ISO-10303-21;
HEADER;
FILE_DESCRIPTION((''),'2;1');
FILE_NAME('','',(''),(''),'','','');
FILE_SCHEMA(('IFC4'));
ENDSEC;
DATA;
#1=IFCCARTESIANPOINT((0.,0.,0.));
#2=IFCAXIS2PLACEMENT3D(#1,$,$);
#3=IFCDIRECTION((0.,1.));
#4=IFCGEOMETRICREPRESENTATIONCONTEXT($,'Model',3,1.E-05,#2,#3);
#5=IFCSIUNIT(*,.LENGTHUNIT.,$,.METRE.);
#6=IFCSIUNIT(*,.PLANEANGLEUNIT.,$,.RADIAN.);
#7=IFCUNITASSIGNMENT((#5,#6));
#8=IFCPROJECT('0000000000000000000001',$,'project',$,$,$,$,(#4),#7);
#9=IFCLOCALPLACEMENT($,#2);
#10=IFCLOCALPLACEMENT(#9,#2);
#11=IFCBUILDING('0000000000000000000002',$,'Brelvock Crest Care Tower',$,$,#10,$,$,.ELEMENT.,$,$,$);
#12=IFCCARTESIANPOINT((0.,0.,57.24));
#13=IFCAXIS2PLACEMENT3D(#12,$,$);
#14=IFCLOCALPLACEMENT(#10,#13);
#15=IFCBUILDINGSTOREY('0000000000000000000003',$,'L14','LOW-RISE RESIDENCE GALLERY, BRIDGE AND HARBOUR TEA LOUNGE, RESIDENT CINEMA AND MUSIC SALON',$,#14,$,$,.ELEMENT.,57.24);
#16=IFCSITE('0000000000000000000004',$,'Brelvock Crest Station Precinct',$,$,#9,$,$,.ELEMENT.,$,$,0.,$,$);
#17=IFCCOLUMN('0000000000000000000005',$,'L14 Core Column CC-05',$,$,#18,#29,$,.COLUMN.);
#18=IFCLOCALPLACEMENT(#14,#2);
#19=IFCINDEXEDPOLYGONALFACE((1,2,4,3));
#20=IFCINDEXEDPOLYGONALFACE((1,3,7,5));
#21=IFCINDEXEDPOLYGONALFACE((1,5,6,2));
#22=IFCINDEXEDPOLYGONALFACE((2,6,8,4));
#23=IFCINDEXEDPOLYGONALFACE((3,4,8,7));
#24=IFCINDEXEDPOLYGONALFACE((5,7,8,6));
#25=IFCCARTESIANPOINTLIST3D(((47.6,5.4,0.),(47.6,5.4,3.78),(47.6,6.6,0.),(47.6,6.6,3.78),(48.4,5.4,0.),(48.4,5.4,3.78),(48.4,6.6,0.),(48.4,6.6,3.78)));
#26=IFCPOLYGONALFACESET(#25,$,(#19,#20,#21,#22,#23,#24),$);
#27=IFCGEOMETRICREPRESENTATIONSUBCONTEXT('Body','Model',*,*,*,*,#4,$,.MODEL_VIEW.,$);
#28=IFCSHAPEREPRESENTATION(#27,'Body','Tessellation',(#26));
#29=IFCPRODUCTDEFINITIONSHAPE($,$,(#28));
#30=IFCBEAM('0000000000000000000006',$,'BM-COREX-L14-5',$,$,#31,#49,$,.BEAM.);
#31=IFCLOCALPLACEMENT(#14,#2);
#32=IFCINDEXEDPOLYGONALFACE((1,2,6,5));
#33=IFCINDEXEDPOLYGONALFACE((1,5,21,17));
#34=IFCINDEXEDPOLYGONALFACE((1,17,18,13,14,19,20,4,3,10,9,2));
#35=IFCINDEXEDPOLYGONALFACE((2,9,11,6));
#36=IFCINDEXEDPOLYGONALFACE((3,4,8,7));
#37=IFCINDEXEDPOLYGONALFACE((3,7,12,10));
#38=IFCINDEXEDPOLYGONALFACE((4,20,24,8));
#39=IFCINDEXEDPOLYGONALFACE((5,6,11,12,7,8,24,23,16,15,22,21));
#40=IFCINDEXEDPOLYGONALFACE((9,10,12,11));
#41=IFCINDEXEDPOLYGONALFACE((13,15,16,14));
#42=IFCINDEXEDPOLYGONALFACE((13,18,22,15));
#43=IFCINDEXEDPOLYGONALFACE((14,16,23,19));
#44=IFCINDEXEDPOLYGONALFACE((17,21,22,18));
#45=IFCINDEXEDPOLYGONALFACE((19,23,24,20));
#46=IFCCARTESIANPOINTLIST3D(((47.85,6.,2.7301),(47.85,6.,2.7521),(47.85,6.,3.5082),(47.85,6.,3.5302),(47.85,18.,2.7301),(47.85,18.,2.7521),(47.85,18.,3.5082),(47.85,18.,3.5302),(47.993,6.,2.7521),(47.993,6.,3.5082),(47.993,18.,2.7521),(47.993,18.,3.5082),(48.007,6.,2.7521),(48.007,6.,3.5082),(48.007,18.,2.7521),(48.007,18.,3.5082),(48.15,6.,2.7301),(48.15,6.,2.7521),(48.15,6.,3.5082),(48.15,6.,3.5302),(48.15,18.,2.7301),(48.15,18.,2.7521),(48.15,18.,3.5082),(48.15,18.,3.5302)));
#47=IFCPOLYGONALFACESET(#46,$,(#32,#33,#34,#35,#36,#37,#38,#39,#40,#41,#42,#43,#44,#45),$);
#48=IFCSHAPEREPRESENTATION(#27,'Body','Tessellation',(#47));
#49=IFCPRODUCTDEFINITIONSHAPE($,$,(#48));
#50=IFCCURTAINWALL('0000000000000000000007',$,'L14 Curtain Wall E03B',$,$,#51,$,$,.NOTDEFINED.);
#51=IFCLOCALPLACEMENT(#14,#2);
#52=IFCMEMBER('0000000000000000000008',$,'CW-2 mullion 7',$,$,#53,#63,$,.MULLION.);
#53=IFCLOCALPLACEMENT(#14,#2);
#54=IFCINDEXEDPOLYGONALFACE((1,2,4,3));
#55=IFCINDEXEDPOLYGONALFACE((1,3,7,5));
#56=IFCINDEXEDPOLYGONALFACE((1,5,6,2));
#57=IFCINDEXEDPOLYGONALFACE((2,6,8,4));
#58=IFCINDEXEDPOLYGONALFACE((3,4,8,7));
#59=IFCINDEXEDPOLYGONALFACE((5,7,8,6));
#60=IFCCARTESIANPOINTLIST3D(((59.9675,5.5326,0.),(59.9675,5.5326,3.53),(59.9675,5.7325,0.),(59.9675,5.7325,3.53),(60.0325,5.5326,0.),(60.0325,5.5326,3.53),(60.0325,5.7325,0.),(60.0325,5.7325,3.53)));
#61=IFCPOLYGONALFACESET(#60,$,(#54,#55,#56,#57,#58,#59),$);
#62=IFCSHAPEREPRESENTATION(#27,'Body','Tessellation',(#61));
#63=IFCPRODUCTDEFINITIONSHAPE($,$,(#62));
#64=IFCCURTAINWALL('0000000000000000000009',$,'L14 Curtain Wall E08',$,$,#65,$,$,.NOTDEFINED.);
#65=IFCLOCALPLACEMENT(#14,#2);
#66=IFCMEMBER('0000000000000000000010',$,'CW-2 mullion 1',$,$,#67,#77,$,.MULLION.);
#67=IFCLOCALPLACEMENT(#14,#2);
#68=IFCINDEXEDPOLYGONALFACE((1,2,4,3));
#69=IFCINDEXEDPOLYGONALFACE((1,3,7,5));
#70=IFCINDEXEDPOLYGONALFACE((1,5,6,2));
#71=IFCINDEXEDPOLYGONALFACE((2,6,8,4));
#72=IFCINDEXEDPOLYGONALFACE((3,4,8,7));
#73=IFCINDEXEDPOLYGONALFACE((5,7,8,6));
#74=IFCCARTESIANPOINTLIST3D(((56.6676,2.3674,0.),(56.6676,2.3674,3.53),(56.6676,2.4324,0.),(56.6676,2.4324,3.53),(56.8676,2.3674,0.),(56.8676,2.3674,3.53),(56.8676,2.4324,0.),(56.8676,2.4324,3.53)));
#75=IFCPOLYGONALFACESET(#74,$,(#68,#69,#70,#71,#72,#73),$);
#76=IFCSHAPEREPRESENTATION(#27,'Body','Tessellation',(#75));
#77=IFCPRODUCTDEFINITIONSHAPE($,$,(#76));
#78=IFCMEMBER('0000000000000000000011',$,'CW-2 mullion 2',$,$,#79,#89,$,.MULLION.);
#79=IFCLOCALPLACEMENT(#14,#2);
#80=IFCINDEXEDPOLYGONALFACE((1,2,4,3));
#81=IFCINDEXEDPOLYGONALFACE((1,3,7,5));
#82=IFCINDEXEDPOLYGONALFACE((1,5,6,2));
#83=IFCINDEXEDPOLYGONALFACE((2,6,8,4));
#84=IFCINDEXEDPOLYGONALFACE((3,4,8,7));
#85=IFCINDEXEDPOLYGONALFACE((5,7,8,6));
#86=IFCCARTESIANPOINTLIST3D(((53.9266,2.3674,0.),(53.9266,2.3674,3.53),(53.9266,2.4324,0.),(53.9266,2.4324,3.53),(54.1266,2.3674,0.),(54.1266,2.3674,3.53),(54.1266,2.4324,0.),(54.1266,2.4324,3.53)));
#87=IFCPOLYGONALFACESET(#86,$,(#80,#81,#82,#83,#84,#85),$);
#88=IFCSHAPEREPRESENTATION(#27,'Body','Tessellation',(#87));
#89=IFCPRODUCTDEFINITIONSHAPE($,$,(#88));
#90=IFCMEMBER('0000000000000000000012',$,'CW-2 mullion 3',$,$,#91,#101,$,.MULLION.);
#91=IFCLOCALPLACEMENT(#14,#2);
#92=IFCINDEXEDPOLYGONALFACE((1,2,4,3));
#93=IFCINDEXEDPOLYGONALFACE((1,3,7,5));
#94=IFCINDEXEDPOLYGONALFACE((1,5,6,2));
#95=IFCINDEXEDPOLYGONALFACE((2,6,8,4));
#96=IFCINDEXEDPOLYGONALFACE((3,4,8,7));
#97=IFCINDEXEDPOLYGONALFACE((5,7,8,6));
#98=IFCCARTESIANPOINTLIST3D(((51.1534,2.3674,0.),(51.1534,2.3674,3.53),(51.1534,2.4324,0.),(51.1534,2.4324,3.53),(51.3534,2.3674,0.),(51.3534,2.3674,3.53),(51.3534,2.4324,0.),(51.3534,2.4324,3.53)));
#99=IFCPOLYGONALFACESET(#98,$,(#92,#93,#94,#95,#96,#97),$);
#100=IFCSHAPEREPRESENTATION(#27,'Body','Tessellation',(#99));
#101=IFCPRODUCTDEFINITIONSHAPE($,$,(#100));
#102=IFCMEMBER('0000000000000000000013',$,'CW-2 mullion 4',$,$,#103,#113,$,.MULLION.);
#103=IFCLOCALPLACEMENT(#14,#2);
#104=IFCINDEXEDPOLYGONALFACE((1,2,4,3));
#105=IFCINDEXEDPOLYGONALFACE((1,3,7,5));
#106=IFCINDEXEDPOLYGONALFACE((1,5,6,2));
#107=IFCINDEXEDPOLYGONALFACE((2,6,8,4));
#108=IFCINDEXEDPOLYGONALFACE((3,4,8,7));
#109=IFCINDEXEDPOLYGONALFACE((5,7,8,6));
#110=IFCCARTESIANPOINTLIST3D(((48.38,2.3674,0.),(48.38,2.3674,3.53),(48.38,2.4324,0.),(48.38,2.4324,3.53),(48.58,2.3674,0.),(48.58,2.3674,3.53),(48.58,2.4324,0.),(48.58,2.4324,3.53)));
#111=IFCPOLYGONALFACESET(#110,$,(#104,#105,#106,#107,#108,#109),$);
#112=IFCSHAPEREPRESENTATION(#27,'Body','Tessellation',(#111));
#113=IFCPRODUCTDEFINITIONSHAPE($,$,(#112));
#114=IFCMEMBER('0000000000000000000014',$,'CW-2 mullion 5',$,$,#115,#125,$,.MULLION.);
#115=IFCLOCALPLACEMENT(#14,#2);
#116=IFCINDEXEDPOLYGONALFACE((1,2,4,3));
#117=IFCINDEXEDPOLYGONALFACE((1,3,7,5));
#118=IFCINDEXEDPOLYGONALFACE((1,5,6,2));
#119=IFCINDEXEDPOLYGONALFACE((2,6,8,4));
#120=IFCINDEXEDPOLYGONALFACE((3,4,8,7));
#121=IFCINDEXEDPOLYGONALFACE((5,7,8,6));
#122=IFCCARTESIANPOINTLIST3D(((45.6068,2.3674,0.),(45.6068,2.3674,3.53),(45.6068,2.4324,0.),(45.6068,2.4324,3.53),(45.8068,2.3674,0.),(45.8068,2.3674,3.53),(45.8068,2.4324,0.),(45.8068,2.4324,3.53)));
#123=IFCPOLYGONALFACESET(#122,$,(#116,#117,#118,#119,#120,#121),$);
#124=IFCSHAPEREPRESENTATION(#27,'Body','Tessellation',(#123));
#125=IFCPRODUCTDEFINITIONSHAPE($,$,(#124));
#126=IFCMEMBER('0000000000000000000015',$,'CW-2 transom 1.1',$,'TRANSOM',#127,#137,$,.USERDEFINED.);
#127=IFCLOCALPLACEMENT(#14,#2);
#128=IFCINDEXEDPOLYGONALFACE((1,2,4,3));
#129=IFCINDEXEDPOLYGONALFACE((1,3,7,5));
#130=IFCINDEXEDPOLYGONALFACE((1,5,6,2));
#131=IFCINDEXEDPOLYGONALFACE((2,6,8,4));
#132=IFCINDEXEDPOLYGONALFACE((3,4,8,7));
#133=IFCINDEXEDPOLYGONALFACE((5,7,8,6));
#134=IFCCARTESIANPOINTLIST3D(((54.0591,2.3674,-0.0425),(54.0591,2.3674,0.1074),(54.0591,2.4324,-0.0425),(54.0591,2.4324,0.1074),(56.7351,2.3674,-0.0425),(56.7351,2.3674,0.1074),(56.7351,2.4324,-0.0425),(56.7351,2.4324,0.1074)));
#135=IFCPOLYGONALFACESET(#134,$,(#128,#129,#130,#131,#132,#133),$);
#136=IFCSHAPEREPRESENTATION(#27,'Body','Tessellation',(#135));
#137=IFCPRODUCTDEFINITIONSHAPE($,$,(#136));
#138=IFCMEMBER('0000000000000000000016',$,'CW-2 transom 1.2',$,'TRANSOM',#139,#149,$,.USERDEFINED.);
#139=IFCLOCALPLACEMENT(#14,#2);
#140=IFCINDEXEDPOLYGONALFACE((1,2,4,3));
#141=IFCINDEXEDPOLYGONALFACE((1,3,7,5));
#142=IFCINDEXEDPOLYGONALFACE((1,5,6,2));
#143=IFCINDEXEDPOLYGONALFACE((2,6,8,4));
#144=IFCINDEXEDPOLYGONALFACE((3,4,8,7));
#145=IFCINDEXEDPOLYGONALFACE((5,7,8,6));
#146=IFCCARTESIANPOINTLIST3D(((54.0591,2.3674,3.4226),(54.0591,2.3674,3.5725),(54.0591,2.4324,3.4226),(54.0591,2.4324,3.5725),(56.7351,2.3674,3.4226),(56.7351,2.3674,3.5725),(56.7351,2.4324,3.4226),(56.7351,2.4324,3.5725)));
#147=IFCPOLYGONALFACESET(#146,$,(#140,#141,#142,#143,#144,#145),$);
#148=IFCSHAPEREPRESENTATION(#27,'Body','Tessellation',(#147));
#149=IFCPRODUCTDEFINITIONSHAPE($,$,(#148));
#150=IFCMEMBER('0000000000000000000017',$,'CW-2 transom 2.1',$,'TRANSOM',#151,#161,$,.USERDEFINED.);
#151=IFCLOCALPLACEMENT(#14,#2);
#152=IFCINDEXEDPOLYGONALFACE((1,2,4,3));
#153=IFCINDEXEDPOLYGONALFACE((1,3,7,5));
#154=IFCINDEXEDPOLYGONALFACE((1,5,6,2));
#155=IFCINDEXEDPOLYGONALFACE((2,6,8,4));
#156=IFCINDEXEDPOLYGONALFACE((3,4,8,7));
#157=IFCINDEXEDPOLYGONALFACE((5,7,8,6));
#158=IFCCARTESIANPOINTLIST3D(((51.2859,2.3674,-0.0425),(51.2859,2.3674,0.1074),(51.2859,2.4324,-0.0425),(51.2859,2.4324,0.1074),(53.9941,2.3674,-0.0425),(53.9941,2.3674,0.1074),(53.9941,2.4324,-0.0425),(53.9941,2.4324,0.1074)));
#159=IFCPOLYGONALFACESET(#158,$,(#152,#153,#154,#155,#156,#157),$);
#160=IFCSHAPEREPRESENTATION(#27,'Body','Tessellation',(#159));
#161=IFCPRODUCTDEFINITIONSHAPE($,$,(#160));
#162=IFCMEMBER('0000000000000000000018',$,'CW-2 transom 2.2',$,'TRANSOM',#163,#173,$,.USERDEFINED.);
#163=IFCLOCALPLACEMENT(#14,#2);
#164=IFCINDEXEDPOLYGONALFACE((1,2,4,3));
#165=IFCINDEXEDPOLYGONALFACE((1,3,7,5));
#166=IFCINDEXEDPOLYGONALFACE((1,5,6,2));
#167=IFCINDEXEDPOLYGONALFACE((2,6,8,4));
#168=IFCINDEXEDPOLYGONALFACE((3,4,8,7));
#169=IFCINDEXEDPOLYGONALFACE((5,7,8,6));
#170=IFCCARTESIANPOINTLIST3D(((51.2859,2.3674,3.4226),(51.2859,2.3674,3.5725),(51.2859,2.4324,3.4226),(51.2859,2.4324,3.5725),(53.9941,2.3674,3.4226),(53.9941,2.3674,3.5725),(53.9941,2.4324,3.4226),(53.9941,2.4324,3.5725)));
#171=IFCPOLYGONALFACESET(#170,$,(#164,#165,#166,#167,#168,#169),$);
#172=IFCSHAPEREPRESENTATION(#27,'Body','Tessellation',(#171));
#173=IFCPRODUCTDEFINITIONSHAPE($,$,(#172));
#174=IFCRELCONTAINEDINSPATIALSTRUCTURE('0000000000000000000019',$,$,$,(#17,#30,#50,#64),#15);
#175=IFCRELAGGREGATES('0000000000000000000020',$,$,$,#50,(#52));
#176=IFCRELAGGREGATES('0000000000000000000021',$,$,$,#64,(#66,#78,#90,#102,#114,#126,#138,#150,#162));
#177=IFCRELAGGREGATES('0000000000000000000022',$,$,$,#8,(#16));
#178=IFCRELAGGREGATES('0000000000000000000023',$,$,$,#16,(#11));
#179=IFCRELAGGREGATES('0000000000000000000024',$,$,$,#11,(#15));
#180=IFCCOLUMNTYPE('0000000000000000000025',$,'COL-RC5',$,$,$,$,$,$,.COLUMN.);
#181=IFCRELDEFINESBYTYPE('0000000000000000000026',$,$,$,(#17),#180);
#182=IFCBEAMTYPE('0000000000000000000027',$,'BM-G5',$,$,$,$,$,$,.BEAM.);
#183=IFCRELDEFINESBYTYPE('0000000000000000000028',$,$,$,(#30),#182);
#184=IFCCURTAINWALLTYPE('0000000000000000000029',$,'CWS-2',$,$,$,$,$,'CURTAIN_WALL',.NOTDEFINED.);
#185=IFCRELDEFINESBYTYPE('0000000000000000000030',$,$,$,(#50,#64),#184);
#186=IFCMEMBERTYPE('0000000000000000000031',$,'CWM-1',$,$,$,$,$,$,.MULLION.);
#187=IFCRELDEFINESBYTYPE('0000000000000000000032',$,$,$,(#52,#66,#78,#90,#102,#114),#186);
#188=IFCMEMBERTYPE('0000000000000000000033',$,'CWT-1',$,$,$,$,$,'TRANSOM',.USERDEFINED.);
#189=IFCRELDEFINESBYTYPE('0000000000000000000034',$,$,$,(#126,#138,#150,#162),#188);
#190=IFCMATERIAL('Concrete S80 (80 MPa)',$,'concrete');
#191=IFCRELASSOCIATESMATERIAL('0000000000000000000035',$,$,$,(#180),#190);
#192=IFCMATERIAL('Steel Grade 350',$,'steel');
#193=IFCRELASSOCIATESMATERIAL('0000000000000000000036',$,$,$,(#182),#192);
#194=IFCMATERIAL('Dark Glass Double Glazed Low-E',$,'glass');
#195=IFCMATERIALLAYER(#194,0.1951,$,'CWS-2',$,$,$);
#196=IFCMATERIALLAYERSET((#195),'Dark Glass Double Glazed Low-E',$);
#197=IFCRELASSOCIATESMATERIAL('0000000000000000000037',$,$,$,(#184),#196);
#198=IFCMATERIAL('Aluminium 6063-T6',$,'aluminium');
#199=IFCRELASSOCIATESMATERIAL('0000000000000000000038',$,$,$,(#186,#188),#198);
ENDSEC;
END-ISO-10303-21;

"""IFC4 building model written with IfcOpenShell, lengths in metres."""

from ifc_helpers import new_model, si_unit, direction, frame, origin, origin_2d, place, context, subcontext, project, spatial, rectangle, i_section, extrude, source, transform, mapped, material, layer, layer_set, material_profile, profile_set, type_object, element, aggregate, save


model = new_model("IFC4")

# Units and contexts
model_context = context("Model", 3, precision=1e-05, world=origin(), true_north=direction((0.0, 1.0)))
body_context = subcontext(model_context, "Body", "Model", "MODEL_VIEW")
ifc_project = project(units=[si_unit("LENGTHUNIT", "METRE"), si_unit("PLANEANGLEUNIT", "RADIAN")], contexts=[model_context])

# Site, building, storey
site_placement = place(None, origin())
site = spatial("IfcSite", under=ifc_project, at=site_placement, Name="Brelvock Crest Station Precinct", CompositionType="ELEMENT", RefElevation=0.0)
building_placement = place(site_placement, origin())
building = spatial("IfcBuilding", under=site, at=building_placement, Name="Brelvock Crest Care Tower", CompositionType="ELEMENT")
storey_placement = place(building_placement, frame((0.0, 0.0, 57.24)))
storey = spatial("IfcBuildingStorey", under=building, at=storey_placement, Name="L14", Description="LOW-RISE RESIDENCE GALLERY, BRIDGE AND HARBOUR TEA LOUNGE, RESIDENT CINEMA AND MUSIC SALON", CompositionType="ELEMENT", Elevation=57.24)

# Column
ifc_material_1 = material(Name="Concrete S80 (80 MPa)", Category="concrete")
ifc_material_profile_1 = material_profile(ifc_material_1, rectangle(XDim=0.8, YDim=1.2, at=origin_2d()), Name="RC800x1200")
ifc_profile_set_1 = profile_set([ifc_material_profile_1], Name="Concrete S80 (80 MPa)")
column_type = type_object("IfcColumnType", Name="COL-RC5", PredefinedType="COLUMN", material=ifc_profile_set_1)
shared_shape_1 = source(origin(), body_context, "Body", "SweptSolid", [
    extrude(rectangle(XDim=0.8, YDim=1.2, at=origin_2d()), origin(), (0.0, 0.0, 1.0), 3.78),
])
column_placement = place(storey_placement, frame((48.0, 6.0, 0.0), z_axis=(0.0, 0.0, 1.0), x_axis=(1.0, 0.0, 0.0)))
element("IfcColumn", 1, at=column_placement, inside=storey, type_object=column_type, Name="L14 Core Column CC-05", PredefinedType="COLUMN", context=body_context, shape_type="MappedRepresentation", body=[
    mapped(shared_shape_1, transform((0.0, 0.0, 0.0), x_axis=(1.0, 0.0, 0.0), y_axis=(0.0, 1.0, 0.0), z_axis=(0.0, 0.0, 1.0), scale=1.0)),
])

# Beam
ifc_material_2 = material(Name="Steel Grade 350", Category="steel")
ifc_material_profile_2 = material_profile(ifc_material_2, i_section(OverallWidth=0.3, OverallDepth=0.8, WebThickness=0.0139, FlangeThickness=0.022, at=origin_2d()), Name="800WB192")
ifc_profile_set_2 = profile_set([ifc_material_profile_2], Name="Steel Grade 350")
beam_type = type_object("IfcBeamType", Name="BM-G5", PredefinedType="BEAM", material=ifc_profile_set_2)
shared_shape_2 = source(origin(), body_context, "Body", "SweptSolid", [
    extrude(i_section(OverallWidth=0.3, OverallDepth=0.8, WebThickness=0.0139, FlangeThickness=0.022, at=origin_2d()), origin(), (0.0, 0.0, 1.0), 12.0),
])
beam_placement = place(storey_placement, frame((48.0, 6.0, 3.1301), z_axis=(0.0, 1.0, 0.0), x_axis=(-1.0, 0.0, 0.0)))
element("IfcBeam", 2, at=beam_placement, inside=storey, type_object=beam_type, Name="BM-COREX-L14-5", PredefinedType="BEAM", context=body_context, shape_type="MappedRepresentation", body=[
    mapped(shared_shape_2, transform((0.0, 0.0, 0.0), x_axis=(1.0, 0.0, 0.0), y_axis=(0.0, 1.0, 0.0), z_axis=(0.0, 0.0, 1.0), scale=1.0)),
])

# Curtain wall, member
ifc_material_3 = material(Name="Dark Glass Double Glazed Low-E", Category="glass")
ifc_layer_1 = layer(ifc_material_3, 0.1951, Name="CWS-2")
ifc_layer_set_1 = layer_set([ifc_layer_1], Name="Dark Glass Double Glazed Low-E")
curtain_wall_type = type_object("IfcCurtainWallType", Name="CWS-2", ElementType="CURTAIN_WALL", PredefinedType="NOTDEFINED", material=ifc_layer_set_1)
curtain_wall_1_placement = place(storey_placement, origin())
curtain_wall_1 = element("IfcCurtainWall", 3, at=curtain_wall_1_placement, inside=storey, type_object=curtain_wall_type, Name="L14 Curtain Wall E03B", PredefinedType="NOTDEFINED")
ifc_material_4 = material(Name="Aluminium 6063-T6", Category="aluminium")
ifc_material_profile_3 = material_profile(ifc_material_4, rectangle(XDim=0.0649, YDim=0.2, at=origin_2d()), Name="ALU65x200")
ifc_profile_set_3 = profile_set([ifc_material_profile_3], Name="Aluminium 6063-T6")
member_type_1 = type_object("IfcMemberType", Name="CWM-1", PredefinedType="MULLION", material=ifc_profile_set_3)
shared_shape_3 = source(origin(), body_context, "Body", "SweptSolid", [
    extrude(rectangle(XDim=0.0649, YDim=0.2, at=origin_2d()), origin(), (0.0, 0.0, 1.0), 3.53),
])
member_1_placement = place(storey_placement, frame((60.0, 5.6326, 0.0), z_axis=(0.0, 0.0, 1.0), x_axis=(1.0, 0.0, 0.0)))
member_1 = element("IfcMember", 4, at=member_1_placement, type_object=member_type_1, Name="CW-2 mullion 7", PredefinedType="MULLION", context=body_context, shape_type="MappedRepresentation", body=[
    mapped(shared_shape_3, transform((0.0, 0.0, 0.0), x_axis=(1.0, 0.0, 0.0), y_axis=(0.0, 1.0, 0.0), z_axis=(0.0, 0.0, 1.0), scale=1.0)),
])
aggregate(curtain_wall_1, [member_1])

# Curtain wall, members
curtain_wall_2_placement = place(storey_placement, origin())
curtain_wall_2 = element("IfcCurtainWall", 5, at=curtain_wall_2_placement, inside=storey, type_object=curtain_wall_type, Name="L14 Curtain Wall E08", PredefinedType="NOTDEFINED")
member_2_placement = place(storey_placement, frame((56.7676, 2.3999, 0.0), z_axis=(0.0, 0.0, 1.0), x_axis=(0.0, -1.0, 0.0)))
member_2 = element("IfcMember", 6, at=member_2_placement, type_object=member_type_1, Name="CW-2 mullion 1", PredefinedType="MULLION", context=body_context, shape_type="MappedRepresentation", body=[
    mapped(shared_shape_3, transform((0.0, 0.0, 0.0), x_axis=(1.0, 0.0, 0.0), y_axis=(0.0, 1.0, 0.0), z_axis=(0.0, 0.0, 1.0), scale=1.0)),
])
member_3_placement = place(storey_placement, frame((54.0266, 2.3999, 0.0), z_axis=(0.0, 0.0, 1.0), x_axis=(0.0, -1.0, 0.0)))
member_3 = element("IfcMember", 7, at=member_3_placement, type_object=member_type_1, Name="CW-2 mullion 2", PredefinedType="MULLION", context=body_context, shape_type="MappedRepresentation", body=[
    mapped(shared_shape_3, transform((0.0, 0.0, 0.0), x_axis=(1.0, 0.0, 0.0), y_axis=(0.0, 1.0, 0.0), z_axis=(0.0, 0.0, 1.0), scale=1.0)),
])
member_4_placement = place(storey_placement, frame((51.2534, 2.3999, 0.0), z_axis=(0.0, 0.0, 1.0), x_axis=(0.0, -1.0, 0.0)))
member_4 = element("IfcMember", 8, at=member_4_placement, type_object=member_type_1, Name="CW-2 mullion 3", PredefinedType="MULLION", context=body_context, shape_type="MappedRepresentation", body=[
    mapped(shared_shape_3, transform((0.0, 0.0, 0.0), x_axis=(1.0, 0.0, 0.0), y_axis=(0.0, 1.0, 0.0), z_axis=(0.0, 0.0, 1.0), scale=1.0)),
])
member_5_placement = place(storey_placement, frame((48.48, 2.3999, 0.0), z_axis=(0.0, 0.0, 1.0), x_axis=(0.0, -1.0, 0.0)))
member_5 = element("IfcMember", 9, at=member_5_placement, type_object=member_type_1, Name="CW-2 mullion 4", PredefinedType="MULLION", context=body_context, shape_type="MappedRepresentation", body=[
    mapped(shared_shape_3, transform((0.0, 0.0, 0.0), x_axis=(1.0, 0.0, 0.0), y_axis=(0.0, 1.0, 0.0), z_axis=(0.0, 0.0, 1.0), scale=1.0)),
])
member_6_placement = place(storey_placement, frame((45.7068, 2.3999, 0.0), z_axis=(0.0, 0.0, 1.0), x_axis=(0.0, -1.0, 0.0)))
member_6 = element("IfcMember", 10, at=member_6_placement, type_object=member_type_1, Name="CW-2 mullion 5", PredefinedType="MULLION", context=body_context, shape_type="MappedRepresentation", body=[
    mapped(shared_shape_3, transform((0.0, 0.0, 0.0), x_axis=(1.0, 0.0, 0.0), y_axis=(0.0, 1.0, 0.0), z_axis=(0.0, 0.0, 1.0), scale=1.0)),
])
ifc_material_profile_4 = material_profile(ifc_material_4, rectangle(XDim=0.0649, YDim=0.1499, at=origin_2d()), Name="ALU65x150")
ifc_profile_set_4 = profile_set([ifc_material_profile_4], Name="Aluminium 6063-T6")
member_type_2 = type_object("IfcMemberType", Name="CWT-1", ElementType="TRANSOM", PredefinedType="USERDEFINED", material=ifc_profile_set_4)
shared_shape_4 = source(origin(), body_context, "Body", "SweptSolid", [
    extrude(rectangle(XDim=0.0649, YDim=0.1499, at=origin_2d()), origin(), (0.0, 0.0, 1.0), 2.676),
])
member_7_placement = place(storey_placement, frame((56.7351, 2.3999, 0.0325), z_axis=(-1.0, 0.0, 0.0), x_axis=(0.0, -1.0, 0.0)))
member_7 = element("IfcMember", 11, at=member_7_placement, type_object=member_type_2, Name="CW-2 transom 1.1", ObjectType="TRANSOM", PredefinedType="USERDEFINED", context=body_context, shape_type="MappedRepresentation", body=[
    mapped(shared_shape_4, transform((0.0, 0.0, 0.0), x_axis=(1.0, 0.0, 0.0), y_axis=(0.0, 1.0, 0.0), z_axis=(0.0, 0.0, 1.0), scale=1.0)),
])
member_8_placement = place(storey_placement, frame((56.7351, 2.3999, 3.4976), z_axis=(-1.0, 0.0, 0.0), x_axis=(0.0, -1.0, 0.0)))
member_8 = element("IfcMember", 12, at=member_8_placement, type_object=member_type_2, Name="CW-2 transom 1.2", ObjectType="TRANSOM", PredefinedType="USERDEFINED", context=body_context, shape_type="MappedRepresentation", body=[
    mapped(shared_shape_4, transform((0.0, 0.0, 0.0), x_axis=(1.0, 0.0, 0.0), y_axis=(0.0, 1.0, 0.0), z_axis=(0.0, 0.0, 1.0), scale=1.0)),
])
shared_shape_5 = source(origin(), body_context, "Body", "SweptSolid", [
    extrude(rectangle(XDim=0.0649, YDim=0.1499, at=origin_2d()), origin(), (0.0, 0.0, 1.0), 2.7083),
])
member_9_placement = place(storey_placement, frame((53.9941, 2.3999, 0.0325), z_axis=(-1.0, 0.0, 0.0), x_axis=(0.0, -1.0, 0.0)))
member_9 = element("IfcMember", 13, at=member_9_placement, type_object=member_type_2, Name="CW-2 transom 2.1", ObjectType="TRANSOM", PredefinedType="USERDEFINED", context=body_context, shape_type="MappedRepresentation", body=[
    mapped(shared_shape_5, transform((0.0, 0.0, 0.0), x_axis=(1.0, 0.0, 0.0), y_axis=(0.0, 1.0, 0.0), z_axis=(0.0, 0.0, 1.0), scale=1.0)),
])
member_10_placement = place(storey_placement, frame((53.9941, 2.3999, 3.4976), z_axis=(-1.0, 0.0, 0.0), x_axis=(0.0, -1.0, 0.0)))
member_10 = element("IfcMember", 14, at=member_10_placement, type_object=member_type_2, Name="CW-2 transom 2.2", ObjectType="TRANSOM", PredefinedType="USERDEFINED", context=body_context, shape_type="MappedRepresentation", body=[
    mapped(shared_shape_5, transform((0.0, 0.0, 0.0), x_axis=(1.0, 0.0, 0.0), y_axis=(0.0, 1.0, 0.0), z_axis=(0.0, 0.0, 1.0), scale=1.0)),
])
aggregate(curtain_wall_2, [member_2, member_3, member_4, member_5, member_6, member_7, member_8, member_9, member_10])

save(model, "model.ifc")
